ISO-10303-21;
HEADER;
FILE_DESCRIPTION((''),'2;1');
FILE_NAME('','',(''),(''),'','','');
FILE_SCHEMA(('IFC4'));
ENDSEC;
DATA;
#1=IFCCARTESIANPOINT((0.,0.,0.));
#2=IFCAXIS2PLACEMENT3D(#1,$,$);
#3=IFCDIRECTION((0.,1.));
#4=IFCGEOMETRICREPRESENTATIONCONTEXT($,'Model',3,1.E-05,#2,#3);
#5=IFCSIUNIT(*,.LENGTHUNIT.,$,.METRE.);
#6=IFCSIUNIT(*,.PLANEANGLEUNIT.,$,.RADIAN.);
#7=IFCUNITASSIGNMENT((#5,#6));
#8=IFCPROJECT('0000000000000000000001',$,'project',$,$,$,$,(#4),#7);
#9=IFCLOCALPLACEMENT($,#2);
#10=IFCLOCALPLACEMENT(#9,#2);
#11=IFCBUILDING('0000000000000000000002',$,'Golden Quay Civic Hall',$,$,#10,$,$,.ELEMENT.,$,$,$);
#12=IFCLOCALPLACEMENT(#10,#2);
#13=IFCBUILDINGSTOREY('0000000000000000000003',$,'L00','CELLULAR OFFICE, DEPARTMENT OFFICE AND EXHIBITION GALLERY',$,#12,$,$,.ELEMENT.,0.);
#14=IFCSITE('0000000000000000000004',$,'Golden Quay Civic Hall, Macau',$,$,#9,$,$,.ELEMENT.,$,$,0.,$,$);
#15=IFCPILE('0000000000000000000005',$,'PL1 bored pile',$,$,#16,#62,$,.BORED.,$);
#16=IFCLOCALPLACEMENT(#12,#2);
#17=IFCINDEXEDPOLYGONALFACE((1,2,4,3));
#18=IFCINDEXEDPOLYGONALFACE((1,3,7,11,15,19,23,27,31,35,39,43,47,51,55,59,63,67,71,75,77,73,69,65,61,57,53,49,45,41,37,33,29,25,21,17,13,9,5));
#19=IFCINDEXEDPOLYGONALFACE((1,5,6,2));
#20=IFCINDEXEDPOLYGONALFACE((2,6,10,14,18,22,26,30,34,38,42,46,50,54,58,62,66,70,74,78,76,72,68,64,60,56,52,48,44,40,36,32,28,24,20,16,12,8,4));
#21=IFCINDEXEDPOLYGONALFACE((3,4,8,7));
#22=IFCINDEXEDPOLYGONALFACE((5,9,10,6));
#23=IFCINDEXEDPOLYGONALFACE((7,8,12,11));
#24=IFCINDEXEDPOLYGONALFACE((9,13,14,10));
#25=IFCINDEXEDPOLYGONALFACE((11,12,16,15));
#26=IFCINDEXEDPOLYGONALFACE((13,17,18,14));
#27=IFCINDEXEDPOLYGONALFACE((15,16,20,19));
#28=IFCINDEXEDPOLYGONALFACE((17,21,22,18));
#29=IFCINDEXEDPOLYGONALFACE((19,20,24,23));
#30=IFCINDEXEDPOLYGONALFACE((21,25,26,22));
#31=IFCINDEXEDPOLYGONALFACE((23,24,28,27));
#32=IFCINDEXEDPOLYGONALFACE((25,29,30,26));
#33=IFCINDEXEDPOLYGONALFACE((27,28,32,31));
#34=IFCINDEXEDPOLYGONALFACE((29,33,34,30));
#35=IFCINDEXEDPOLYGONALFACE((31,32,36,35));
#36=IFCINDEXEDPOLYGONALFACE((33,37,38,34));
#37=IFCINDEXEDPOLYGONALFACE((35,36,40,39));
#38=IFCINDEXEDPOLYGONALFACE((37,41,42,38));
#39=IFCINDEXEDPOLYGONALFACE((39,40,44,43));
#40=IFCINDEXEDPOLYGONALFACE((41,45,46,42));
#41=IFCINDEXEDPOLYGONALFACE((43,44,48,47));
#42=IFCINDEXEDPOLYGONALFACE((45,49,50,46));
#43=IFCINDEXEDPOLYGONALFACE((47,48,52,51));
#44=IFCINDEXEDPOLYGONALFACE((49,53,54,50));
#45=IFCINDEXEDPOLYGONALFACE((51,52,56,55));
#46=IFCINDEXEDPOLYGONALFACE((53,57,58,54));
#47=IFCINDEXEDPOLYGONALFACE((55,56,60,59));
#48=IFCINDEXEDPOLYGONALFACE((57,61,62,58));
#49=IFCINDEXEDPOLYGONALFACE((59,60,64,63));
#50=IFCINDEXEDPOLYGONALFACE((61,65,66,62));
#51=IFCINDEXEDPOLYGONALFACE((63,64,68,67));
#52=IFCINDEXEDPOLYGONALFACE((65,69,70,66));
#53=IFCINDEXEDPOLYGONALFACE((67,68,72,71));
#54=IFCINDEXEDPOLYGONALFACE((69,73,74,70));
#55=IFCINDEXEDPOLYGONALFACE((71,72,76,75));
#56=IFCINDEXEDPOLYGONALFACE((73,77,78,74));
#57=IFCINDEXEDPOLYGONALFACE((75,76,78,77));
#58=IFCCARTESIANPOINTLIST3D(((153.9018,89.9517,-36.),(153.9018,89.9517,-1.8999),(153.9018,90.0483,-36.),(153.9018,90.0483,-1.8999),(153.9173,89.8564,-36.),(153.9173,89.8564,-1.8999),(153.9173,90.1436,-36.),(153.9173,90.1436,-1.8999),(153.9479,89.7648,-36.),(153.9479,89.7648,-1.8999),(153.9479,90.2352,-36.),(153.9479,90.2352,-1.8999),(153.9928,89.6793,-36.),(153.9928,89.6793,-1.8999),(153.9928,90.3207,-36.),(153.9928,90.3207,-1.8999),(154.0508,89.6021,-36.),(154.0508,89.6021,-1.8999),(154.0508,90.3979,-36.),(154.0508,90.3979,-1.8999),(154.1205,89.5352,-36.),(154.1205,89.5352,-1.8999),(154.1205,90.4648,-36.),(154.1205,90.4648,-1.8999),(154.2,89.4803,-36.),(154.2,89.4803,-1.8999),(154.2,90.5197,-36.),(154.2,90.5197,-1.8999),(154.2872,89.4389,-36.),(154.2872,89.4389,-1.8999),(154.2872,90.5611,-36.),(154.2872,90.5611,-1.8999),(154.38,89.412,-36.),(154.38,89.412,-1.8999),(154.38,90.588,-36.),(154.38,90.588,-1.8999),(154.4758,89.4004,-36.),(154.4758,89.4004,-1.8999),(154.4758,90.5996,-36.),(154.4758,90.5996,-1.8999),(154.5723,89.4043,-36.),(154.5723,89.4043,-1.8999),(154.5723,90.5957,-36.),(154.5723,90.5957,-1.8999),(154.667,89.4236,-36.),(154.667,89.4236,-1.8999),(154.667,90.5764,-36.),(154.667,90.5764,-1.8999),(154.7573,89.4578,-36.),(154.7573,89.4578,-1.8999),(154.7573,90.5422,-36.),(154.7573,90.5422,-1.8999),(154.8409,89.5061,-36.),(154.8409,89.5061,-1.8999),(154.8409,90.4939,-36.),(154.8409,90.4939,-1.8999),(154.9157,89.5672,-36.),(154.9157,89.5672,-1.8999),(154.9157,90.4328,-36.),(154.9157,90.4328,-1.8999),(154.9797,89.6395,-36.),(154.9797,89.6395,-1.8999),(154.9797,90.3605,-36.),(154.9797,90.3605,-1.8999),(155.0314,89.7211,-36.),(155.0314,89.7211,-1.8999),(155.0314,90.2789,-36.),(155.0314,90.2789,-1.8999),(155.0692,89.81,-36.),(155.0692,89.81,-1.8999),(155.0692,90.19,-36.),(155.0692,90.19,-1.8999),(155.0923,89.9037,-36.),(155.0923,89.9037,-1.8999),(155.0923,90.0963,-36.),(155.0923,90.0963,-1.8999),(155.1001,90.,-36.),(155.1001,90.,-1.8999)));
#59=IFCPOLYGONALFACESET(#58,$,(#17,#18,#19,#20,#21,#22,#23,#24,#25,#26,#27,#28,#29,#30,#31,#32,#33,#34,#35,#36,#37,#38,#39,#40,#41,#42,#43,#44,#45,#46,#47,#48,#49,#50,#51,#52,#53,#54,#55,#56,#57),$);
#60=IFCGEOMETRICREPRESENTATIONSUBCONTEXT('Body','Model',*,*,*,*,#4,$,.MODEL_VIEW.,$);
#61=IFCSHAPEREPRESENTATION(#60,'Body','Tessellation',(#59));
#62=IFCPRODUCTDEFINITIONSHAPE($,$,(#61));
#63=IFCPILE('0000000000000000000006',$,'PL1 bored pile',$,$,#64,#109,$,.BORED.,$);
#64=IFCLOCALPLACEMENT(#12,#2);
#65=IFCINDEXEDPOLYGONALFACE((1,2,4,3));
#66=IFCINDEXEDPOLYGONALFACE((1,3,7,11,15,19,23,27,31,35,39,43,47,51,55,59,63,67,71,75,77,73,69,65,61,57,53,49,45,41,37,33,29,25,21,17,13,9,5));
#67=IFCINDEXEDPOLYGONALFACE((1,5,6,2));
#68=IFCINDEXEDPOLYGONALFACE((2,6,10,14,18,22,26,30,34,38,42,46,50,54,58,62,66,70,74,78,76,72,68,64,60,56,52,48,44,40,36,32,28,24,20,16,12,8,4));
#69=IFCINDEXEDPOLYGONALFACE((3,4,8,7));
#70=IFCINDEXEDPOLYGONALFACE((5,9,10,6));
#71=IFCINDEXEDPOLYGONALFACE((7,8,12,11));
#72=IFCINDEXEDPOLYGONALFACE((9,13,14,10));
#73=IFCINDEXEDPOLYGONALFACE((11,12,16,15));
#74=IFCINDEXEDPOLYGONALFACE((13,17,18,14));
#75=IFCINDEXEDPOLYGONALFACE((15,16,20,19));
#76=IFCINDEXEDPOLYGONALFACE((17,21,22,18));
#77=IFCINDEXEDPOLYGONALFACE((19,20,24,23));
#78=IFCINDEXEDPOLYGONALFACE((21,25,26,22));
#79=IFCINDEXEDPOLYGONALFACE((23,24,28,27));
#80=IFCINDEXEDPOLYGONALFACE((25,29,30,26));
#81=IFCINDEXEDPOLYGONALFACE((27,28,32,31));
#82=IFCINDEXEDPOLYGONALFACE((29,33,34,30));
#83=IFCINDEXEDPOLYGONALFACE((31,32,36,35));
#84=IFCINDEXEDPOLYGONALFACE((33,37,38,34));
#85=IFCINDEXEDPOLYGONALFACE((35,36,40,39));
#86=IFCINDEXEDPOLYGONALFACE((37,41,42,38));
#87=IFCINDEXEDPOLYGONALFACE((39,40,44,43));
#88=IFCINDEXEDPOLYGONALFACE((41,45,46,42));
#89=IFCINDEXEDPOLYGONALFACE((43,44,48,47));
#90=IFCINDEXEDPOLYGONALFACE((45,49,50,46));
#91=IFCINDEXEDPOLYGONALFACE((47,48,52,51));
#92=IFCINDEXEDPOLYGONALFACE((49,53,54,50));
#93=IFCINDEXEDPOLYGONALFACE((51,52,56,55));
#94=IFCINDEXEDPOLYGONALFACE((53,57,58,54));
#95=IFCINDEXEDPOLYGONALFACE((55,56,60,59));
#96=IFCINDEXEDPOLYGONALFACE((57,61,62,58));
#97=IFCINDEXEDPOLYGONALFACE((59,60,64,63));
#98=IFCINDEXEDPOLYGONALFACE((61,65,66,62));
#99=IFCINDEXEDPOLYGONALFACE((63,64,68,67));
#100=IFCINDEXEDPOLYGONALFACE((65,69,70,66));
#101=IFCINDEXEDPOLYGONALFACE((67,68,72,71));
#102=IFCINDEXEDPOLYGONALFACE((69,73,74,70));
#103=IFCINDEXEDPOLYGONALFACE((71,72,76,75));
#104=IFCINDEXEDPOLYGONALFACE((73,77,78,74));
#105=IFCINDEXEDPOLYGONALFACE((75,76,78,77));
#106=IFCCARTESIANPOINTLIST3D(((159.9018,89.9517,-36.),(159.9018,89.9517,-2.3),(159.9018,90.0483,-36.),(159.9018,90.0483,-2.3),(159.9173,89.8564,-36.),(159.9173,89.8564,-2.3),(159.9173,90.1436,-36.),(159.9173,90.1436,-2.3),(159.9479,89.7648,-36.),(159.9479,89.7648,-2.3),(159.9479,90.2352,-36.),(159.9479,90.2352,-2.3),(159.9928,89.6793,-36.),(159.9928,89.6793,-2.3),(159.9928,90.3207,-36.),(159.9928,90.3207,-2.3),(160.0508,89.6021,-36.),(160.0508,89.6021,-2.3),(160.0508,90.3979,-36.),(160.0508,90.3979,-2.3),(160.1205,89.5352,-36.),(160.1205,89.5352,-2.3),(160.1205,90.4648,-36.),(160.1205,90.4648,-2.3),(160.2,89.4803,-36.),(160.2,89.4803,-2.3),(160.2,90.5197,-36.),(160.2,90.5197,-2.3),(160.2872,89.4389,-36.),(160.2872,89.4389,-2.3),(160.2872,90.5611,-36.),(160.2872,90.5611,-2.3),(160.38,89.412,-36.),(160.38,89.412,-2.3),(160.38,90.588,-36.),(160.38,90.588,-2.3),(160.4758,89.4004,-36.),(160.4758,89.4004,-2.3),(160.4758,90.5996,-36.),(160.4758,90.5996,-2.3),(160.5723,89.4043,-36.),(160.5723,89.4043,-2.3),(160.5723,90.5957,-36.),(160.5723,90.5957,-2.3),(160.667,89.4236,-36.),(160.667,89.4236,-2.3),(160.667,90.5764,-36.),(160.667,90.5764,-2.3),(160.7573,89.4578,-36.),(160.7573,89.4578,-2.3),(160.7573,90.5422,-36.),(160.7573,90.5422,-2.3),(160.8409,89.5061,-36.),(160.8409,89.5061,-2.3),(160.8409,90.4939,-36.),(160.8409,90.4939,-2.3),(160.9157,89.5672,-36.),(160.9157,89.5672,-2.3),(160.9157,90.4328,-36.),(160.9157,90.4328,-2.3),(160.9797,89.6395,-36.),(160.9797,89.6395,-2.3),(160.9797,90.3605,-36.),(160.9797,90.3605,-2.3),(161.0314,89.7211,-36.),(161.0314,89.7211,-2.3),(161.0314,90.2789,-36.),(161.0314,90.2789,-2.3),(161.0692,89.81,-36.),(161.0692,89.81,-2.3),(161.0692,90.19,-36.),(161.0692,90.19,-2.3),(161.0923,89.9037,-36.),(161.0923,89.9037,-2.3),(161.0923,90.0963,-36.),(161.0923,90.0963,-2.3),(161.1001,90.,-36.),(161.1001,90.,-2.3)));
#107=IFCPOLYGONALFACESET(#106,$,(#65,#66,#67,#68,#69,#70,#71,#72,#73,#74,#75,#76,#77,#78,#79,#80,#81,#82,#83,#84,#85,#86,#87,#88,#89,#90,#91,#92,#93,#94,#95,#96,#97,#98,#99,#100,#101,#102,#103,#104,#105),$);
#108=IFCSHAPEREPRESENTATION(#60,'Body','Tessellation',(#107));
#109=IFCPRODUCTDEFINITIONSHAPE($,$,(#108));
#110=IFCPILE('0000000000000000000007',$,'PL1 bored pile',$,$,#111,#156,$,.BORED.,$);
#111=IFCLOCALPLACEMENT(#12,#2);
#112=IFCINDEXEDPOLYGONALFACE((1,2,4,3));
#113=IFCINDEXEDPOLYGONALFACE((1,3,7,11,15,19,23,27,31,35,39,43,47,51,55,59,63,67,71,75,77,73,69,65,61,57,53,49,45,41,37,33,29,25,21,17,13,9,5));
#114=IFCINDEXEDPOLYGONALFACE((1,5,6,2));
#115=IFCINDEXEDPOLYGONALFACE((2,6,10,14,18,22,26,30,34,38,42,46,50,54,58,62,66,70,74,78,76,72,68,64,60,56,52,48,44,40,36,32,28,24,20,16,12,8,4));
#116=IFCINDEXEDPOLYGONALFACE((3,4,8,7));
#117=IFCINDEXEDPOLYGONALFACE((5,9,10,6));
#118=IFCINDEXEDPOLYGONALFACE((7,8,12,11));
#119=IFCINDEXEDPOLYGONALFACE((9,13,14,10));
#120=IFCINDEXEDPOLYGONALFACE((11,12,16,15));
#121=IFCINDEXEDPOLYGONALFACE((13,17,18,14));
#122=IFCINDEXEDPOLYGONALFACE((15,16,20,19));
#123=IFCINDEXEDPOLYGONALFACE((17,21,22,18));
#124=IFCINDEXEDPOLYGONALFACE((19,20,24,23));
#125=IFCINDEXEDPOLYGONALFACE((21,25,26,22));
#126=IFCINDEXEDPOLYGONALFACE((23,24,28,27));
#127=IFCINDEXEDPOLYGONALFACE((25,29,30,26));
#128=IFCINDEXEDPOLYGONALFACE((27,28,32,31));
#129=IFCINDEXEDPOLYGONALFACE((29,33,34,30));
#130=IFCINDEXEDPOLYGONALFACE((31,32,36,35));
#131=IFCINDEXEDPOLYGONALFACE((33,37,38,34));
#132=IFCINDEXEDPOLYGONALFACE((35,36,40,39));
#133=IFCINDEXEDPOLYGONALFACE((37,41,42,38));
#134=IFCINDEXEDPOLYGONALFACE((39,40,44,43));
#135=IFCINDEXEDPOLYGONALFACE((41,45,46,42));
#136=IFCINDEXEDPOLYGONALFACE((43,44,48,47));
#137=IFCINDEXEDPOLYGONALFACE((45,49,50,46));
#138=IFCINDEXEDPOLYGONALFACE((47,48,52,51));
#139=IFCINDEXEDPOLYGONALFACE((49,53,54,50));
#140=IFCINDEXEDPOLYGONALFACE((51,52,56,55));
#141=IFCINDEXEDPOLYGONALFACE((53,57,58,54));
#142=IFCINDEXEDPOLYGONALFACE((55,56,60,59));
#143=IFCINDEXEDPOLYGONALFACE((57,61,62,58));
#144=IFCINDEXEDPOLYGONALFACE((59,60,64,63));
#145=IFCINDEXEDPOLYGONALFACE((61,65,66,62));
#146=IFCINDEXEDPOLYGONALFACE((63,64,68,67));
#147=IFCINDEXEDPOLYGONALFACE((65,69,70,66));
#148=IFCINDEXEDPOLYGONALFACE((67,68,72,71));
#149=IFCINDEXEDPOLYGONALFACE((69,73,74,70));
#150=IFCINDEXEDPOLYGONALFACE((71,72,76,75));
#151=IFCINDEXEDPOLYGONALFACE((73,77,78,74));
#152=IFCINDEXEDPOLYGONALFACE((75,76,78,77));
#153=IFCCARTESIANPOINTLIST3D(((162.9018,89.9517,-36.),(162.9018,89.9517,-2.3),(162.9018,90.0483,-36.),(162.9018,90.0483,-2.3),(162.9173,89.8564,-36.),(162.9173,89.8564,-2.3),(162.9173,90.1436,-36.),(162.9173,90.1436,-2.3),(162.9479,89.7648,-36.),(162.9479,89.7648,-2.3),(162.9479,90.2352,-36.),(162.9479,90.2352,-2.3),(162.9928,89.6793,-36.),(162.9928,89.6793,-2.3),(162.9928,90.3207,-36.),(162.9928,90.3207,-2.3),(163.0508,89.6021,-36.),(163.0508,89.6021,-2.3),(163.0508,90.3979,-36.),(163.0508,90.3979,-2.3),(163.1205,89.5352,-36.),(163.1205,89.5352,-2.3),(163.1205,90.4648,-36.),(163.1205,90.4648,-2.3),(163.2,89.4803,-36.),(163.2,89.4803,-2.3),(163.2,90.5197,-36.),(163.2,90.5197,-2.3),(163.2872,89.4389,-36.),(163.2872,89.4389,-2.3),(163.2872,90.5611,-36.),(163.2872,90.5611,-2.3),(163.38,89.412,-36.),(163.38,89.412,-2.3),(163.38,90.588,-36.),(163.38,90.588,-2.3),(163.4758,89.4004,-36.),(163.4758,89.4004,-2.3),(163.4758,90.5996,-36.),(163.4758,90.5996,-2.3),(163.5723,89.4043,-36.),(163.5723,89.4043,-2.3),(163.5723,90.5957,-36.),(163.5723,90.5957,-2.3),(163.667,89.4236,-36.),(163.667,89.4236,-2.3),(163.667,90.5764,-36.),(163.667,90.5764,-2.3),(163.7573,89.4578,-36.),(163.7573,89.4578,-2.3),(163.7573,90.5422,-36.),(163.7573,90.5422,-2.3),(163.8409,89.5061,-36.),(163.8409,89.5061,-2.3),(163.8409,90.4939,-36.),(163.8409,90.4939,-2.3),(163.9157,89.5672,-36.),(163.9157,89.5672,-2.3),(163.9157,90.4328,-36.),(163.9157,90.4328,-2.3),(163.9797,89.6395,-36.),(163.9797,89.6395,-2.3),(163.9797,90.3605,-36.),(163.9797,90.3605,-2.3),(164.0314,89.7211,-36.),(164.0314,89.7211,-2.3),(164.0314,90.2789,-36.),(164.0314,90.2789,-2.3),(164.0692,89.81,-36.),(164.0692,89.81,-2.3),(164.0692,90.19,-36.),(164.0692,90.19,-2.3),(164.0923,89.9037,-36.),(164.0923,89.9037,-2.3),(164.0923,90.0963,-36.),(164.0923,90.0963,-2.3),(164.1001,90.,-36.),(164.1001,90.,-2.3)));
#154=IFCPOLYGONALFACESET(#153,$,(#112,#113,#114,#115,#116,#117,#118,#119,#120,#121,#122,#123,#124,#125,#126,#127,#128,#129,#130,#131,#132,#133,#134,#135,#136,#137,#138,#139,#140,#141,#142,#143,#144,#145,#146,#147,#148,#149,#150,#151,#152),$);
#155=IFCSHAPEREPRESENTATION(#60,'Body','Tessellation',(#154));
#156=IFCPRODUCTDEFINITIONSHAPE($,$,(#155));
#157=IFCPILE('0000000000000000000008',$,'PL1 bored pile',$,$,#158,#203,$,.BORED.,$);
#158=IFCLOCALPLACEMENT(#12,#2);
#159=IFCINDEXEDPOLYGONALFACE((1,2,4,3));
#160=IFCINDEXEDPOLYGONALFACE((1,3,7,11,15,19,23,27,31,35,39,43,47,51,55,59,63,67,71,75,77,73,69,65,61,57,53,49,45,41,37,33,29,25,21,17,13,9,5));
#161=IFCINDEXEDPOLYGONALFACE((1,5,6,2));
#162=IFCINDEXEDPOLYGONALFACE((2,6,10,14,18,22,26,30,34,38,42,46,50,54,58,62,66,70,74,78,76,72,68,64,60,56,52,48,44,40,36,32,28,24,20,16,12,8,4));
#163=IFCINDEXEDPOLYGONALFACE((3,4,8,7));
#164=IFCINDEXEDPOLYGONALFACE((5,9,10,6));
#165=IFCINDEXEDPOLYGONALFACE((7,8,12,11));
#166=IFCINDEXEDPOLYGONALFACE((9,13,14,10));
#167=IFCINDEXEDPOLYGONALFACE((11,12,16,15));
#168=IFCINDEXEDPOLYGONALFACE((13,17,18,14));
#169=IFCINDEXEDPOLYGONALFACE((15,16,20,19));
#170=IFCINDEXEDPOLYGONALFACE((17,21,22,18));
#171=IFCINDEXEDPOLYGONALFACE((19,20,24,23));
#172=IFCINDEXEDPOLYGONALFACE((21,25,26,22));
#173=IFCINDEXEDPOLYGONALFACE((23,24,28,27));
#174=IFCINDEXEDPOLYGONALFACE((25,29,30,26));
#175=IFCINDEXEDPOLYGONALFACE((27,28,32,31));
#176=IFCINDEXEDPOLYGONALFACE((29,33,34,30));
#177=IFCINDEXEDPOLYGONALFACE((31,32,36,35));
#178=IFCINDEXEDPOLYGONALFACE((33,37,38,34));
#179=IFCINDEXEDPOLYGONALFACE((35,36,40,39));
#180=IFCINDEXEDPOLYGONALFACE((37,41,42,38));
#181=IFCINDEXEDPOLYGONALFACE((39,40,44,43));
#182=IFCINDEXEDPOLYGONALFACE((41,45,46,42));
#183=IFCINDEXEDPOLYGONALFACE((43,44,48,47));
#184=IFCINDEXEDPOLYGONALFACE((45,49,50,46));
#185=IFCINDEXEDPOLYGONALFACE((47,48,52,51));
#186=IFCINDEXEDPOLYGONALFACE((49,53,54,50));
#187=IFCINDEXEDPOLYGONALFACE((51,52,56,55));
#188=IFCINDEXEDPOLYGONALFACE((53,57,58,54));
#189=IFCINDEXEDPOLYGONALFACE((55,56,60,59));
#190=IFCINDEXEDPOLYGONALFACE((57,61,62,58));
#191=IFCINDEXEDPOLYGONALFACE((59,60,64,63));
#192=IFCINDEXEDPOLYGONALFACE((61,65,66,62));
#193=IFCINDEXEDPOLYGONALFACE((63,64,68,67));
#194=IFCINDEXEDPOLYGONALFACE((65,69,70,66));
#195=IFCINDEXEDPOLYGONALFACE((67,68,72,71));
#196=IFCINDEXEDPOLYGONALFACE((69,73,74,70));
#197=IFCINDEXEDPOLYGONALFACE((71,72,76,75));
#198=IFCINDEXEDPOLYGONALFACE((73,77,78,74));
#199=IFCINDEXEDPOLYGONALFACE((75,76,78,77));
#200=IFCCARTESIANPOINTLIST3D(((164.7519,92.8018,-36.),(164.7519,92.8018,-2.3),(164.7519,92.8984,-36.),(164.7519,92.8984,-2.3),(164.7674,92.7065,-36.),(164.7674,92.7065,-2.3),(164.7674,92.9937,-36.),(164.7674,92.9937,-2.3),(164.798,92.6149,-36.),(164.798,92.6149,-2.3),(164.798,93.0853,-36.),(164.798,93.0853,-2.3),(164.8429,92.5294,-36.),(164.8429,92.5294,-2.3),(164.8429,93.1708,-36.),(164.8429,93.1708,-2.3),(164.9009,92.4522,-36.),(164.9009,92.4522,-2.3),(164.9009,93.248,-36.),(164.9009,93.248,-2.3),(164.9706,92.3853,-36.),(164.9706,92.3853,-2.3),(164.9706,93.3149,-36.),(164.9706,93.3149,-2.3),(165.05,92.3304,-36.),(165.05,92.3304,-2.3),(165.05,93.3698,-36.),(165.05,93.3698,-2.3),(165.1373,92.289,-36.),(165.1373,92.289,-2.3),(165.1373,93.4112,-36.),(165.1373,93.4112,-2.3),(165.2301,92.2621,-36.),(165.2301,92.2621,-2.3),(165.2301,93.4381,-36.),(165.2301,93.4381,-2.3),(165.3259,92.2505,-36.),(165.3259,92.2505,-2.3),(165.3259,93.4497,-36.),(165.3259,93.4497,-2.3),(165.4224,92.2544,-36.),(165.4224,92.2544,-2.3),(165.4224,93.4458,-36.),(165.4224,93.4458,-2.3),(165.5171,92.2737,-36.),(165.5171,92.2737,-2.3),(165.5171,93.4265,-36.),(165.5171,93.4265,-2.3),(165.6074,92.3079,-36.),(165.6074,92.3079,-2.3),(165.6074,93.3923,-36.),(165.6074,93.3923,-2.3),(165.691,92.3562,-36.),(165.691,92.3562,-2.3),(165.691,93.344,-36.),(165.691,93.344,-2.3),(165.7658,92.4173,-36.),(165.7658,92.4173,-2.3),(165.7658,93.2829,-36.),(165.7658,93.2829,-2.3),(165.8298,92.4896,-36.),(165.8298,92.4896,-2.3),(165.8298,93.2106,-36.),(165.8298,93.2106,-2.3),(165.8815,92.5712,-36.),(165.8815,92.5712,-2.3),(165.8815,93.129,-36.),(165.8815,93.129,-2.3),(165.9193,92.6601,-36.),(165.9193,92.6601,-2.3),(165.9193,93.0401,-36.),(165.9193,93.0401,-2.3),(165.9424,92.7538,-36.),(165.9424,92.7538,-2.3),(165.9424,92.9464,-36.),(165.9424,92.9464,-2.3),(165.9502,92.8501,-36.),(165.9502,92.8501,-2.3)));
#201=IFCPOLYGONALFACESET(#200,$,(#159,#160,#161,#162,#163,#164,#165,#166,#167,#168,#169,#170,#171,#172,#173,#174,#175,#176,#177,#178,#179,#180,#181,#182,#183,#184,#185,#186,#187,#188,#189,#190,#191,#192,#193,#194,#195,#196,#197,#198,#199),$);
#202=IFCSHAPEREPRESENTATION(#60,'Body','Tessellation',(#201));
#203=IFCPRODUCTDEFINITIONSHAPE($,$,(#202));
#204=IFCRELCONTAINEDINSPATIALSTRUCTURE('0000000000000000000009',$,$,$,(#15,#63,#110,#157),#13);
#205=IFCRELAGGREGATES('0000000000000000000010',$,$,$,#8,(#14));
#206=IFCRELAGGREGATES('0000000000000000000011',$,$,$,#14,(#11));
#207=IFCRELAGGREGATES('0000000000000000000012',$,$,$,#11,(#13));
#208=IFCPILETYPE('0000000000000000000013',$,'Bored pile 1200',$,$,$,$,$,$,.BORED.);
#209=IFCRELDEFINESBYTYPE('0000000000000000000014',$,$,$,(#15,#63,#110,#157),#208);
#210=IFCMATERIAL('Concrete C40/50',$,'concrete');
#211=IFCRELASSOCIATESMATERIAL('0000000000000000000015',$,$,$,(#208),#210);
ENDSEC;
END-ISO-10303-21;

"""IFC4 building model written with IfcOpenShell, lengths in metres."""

from ifc_helpers import new_model, si_unit, direction, frame, origin, origin_2d, place, context, subcontext, project, spatial, circle, extrude, material, material_profile, profile_set, type_object, element, save


model = new_model("IFC4")

# Units and contexts
model_context = context("Model", 3, precision=1e-05, world=origin(), true_north=direction((0.0, 1.0)))
body_context = subcontext(model_context, "Body", "Model", "MODEL_VIEW")
ifc_project = project(units=[si_unit("LENGTHUNIT", "METRE"), si_unit("PLANEANGLEUNIT", "RADIAN")], contexts=[model_context])

# Site, building, storey
site_placement = place(None, origin())
site = spatial("IfcSite", under=ifc_project, at=site_placement, Name="Golden Quay Civic Hall, Macau", CompositionType="ELEMENT", RefElevation=0.0)
building_placement = place(site_placement, origin())
building = spatial("IfcBuilding", under=site, at=building_placement, Name="Golden Quay Civic Hall", CompositionType="ELEMENT")
storey_placement = place(building_placement, origin())
storey = spatial("IfcBuildingStorey", under=building, at=storey_placement, Name="L00", Description="CELLULAR OFFICE, DEPARTMENT OFFICE AND EXHIBITION GALLERY", CompositionType="ELEMENT", Elevation=0.0)

# Piles
ifc_material_1 = material(Name="Concrete C40/50", Category="concrete")
ifc_material_profile_1 = material_profile(ifc_material_1, circle(Radius=0.6001, at=origin_2d()), Name="RC D1200")
ifc_profile_set_1 = profile_set([ifc_material_profile_1], Name="Concrete C40/50")
pile_type = type_object("IfcPileType", Name="Bored pile 1200", PredefinedType="BORED", material=ifc_profile_set_1)
pile_placement = place(storey_placement, frame((154.5, 90.0, -1.8999), z_axis=(0.0, 0.0, -1.0), x_axis=(1.0, 0.0, 0.0)))
element("IfcPile", 1, at=pile_placement, inside=storey, type_object=pile_type, Name="PL1 bored pile", PredefinedType="BORED", context=body_context, shape_type="SweptSolid", body=[
    extrude(circle(Radius=0.6001, at=origin_2d()), origin(), (0.0, 0.0, 1.0), 34.1001),
])
for number, where, z_axis, x_axis, name in (
    (2, (160.5, 90.0, -2.3), (0.0, 0.0, -1.0), (1.0, 0.0, 0.0), "PL1 bored pile"),
    (3, (163.5, 90.0, -2.3), (0.0, 0.0, -1.0), (1.0, 0.0, 0.0), "PL1 bored pile"),
    (4, (165.3501, 92.8501, -2.3), (0.0, 0.0, -1.0), (1.0, 0.0, 0.0), "PL1 bored pile"),
):
    element("IfcPile", number, at=place(storey_placement, frame(where, z_axis=z_axis, x_axis=x_axis)), inside=storey, type_object=pile_type, Name=name, PredefinedType="BORED", context=body_context, shape_type="SweptSolid", body=[
        extrude(circle(Radius=0.6001, at=origin_2d()), origin(), (0.0, 0.0, 1.0), 33.7),
    ])

save(model, "model.ifc")
